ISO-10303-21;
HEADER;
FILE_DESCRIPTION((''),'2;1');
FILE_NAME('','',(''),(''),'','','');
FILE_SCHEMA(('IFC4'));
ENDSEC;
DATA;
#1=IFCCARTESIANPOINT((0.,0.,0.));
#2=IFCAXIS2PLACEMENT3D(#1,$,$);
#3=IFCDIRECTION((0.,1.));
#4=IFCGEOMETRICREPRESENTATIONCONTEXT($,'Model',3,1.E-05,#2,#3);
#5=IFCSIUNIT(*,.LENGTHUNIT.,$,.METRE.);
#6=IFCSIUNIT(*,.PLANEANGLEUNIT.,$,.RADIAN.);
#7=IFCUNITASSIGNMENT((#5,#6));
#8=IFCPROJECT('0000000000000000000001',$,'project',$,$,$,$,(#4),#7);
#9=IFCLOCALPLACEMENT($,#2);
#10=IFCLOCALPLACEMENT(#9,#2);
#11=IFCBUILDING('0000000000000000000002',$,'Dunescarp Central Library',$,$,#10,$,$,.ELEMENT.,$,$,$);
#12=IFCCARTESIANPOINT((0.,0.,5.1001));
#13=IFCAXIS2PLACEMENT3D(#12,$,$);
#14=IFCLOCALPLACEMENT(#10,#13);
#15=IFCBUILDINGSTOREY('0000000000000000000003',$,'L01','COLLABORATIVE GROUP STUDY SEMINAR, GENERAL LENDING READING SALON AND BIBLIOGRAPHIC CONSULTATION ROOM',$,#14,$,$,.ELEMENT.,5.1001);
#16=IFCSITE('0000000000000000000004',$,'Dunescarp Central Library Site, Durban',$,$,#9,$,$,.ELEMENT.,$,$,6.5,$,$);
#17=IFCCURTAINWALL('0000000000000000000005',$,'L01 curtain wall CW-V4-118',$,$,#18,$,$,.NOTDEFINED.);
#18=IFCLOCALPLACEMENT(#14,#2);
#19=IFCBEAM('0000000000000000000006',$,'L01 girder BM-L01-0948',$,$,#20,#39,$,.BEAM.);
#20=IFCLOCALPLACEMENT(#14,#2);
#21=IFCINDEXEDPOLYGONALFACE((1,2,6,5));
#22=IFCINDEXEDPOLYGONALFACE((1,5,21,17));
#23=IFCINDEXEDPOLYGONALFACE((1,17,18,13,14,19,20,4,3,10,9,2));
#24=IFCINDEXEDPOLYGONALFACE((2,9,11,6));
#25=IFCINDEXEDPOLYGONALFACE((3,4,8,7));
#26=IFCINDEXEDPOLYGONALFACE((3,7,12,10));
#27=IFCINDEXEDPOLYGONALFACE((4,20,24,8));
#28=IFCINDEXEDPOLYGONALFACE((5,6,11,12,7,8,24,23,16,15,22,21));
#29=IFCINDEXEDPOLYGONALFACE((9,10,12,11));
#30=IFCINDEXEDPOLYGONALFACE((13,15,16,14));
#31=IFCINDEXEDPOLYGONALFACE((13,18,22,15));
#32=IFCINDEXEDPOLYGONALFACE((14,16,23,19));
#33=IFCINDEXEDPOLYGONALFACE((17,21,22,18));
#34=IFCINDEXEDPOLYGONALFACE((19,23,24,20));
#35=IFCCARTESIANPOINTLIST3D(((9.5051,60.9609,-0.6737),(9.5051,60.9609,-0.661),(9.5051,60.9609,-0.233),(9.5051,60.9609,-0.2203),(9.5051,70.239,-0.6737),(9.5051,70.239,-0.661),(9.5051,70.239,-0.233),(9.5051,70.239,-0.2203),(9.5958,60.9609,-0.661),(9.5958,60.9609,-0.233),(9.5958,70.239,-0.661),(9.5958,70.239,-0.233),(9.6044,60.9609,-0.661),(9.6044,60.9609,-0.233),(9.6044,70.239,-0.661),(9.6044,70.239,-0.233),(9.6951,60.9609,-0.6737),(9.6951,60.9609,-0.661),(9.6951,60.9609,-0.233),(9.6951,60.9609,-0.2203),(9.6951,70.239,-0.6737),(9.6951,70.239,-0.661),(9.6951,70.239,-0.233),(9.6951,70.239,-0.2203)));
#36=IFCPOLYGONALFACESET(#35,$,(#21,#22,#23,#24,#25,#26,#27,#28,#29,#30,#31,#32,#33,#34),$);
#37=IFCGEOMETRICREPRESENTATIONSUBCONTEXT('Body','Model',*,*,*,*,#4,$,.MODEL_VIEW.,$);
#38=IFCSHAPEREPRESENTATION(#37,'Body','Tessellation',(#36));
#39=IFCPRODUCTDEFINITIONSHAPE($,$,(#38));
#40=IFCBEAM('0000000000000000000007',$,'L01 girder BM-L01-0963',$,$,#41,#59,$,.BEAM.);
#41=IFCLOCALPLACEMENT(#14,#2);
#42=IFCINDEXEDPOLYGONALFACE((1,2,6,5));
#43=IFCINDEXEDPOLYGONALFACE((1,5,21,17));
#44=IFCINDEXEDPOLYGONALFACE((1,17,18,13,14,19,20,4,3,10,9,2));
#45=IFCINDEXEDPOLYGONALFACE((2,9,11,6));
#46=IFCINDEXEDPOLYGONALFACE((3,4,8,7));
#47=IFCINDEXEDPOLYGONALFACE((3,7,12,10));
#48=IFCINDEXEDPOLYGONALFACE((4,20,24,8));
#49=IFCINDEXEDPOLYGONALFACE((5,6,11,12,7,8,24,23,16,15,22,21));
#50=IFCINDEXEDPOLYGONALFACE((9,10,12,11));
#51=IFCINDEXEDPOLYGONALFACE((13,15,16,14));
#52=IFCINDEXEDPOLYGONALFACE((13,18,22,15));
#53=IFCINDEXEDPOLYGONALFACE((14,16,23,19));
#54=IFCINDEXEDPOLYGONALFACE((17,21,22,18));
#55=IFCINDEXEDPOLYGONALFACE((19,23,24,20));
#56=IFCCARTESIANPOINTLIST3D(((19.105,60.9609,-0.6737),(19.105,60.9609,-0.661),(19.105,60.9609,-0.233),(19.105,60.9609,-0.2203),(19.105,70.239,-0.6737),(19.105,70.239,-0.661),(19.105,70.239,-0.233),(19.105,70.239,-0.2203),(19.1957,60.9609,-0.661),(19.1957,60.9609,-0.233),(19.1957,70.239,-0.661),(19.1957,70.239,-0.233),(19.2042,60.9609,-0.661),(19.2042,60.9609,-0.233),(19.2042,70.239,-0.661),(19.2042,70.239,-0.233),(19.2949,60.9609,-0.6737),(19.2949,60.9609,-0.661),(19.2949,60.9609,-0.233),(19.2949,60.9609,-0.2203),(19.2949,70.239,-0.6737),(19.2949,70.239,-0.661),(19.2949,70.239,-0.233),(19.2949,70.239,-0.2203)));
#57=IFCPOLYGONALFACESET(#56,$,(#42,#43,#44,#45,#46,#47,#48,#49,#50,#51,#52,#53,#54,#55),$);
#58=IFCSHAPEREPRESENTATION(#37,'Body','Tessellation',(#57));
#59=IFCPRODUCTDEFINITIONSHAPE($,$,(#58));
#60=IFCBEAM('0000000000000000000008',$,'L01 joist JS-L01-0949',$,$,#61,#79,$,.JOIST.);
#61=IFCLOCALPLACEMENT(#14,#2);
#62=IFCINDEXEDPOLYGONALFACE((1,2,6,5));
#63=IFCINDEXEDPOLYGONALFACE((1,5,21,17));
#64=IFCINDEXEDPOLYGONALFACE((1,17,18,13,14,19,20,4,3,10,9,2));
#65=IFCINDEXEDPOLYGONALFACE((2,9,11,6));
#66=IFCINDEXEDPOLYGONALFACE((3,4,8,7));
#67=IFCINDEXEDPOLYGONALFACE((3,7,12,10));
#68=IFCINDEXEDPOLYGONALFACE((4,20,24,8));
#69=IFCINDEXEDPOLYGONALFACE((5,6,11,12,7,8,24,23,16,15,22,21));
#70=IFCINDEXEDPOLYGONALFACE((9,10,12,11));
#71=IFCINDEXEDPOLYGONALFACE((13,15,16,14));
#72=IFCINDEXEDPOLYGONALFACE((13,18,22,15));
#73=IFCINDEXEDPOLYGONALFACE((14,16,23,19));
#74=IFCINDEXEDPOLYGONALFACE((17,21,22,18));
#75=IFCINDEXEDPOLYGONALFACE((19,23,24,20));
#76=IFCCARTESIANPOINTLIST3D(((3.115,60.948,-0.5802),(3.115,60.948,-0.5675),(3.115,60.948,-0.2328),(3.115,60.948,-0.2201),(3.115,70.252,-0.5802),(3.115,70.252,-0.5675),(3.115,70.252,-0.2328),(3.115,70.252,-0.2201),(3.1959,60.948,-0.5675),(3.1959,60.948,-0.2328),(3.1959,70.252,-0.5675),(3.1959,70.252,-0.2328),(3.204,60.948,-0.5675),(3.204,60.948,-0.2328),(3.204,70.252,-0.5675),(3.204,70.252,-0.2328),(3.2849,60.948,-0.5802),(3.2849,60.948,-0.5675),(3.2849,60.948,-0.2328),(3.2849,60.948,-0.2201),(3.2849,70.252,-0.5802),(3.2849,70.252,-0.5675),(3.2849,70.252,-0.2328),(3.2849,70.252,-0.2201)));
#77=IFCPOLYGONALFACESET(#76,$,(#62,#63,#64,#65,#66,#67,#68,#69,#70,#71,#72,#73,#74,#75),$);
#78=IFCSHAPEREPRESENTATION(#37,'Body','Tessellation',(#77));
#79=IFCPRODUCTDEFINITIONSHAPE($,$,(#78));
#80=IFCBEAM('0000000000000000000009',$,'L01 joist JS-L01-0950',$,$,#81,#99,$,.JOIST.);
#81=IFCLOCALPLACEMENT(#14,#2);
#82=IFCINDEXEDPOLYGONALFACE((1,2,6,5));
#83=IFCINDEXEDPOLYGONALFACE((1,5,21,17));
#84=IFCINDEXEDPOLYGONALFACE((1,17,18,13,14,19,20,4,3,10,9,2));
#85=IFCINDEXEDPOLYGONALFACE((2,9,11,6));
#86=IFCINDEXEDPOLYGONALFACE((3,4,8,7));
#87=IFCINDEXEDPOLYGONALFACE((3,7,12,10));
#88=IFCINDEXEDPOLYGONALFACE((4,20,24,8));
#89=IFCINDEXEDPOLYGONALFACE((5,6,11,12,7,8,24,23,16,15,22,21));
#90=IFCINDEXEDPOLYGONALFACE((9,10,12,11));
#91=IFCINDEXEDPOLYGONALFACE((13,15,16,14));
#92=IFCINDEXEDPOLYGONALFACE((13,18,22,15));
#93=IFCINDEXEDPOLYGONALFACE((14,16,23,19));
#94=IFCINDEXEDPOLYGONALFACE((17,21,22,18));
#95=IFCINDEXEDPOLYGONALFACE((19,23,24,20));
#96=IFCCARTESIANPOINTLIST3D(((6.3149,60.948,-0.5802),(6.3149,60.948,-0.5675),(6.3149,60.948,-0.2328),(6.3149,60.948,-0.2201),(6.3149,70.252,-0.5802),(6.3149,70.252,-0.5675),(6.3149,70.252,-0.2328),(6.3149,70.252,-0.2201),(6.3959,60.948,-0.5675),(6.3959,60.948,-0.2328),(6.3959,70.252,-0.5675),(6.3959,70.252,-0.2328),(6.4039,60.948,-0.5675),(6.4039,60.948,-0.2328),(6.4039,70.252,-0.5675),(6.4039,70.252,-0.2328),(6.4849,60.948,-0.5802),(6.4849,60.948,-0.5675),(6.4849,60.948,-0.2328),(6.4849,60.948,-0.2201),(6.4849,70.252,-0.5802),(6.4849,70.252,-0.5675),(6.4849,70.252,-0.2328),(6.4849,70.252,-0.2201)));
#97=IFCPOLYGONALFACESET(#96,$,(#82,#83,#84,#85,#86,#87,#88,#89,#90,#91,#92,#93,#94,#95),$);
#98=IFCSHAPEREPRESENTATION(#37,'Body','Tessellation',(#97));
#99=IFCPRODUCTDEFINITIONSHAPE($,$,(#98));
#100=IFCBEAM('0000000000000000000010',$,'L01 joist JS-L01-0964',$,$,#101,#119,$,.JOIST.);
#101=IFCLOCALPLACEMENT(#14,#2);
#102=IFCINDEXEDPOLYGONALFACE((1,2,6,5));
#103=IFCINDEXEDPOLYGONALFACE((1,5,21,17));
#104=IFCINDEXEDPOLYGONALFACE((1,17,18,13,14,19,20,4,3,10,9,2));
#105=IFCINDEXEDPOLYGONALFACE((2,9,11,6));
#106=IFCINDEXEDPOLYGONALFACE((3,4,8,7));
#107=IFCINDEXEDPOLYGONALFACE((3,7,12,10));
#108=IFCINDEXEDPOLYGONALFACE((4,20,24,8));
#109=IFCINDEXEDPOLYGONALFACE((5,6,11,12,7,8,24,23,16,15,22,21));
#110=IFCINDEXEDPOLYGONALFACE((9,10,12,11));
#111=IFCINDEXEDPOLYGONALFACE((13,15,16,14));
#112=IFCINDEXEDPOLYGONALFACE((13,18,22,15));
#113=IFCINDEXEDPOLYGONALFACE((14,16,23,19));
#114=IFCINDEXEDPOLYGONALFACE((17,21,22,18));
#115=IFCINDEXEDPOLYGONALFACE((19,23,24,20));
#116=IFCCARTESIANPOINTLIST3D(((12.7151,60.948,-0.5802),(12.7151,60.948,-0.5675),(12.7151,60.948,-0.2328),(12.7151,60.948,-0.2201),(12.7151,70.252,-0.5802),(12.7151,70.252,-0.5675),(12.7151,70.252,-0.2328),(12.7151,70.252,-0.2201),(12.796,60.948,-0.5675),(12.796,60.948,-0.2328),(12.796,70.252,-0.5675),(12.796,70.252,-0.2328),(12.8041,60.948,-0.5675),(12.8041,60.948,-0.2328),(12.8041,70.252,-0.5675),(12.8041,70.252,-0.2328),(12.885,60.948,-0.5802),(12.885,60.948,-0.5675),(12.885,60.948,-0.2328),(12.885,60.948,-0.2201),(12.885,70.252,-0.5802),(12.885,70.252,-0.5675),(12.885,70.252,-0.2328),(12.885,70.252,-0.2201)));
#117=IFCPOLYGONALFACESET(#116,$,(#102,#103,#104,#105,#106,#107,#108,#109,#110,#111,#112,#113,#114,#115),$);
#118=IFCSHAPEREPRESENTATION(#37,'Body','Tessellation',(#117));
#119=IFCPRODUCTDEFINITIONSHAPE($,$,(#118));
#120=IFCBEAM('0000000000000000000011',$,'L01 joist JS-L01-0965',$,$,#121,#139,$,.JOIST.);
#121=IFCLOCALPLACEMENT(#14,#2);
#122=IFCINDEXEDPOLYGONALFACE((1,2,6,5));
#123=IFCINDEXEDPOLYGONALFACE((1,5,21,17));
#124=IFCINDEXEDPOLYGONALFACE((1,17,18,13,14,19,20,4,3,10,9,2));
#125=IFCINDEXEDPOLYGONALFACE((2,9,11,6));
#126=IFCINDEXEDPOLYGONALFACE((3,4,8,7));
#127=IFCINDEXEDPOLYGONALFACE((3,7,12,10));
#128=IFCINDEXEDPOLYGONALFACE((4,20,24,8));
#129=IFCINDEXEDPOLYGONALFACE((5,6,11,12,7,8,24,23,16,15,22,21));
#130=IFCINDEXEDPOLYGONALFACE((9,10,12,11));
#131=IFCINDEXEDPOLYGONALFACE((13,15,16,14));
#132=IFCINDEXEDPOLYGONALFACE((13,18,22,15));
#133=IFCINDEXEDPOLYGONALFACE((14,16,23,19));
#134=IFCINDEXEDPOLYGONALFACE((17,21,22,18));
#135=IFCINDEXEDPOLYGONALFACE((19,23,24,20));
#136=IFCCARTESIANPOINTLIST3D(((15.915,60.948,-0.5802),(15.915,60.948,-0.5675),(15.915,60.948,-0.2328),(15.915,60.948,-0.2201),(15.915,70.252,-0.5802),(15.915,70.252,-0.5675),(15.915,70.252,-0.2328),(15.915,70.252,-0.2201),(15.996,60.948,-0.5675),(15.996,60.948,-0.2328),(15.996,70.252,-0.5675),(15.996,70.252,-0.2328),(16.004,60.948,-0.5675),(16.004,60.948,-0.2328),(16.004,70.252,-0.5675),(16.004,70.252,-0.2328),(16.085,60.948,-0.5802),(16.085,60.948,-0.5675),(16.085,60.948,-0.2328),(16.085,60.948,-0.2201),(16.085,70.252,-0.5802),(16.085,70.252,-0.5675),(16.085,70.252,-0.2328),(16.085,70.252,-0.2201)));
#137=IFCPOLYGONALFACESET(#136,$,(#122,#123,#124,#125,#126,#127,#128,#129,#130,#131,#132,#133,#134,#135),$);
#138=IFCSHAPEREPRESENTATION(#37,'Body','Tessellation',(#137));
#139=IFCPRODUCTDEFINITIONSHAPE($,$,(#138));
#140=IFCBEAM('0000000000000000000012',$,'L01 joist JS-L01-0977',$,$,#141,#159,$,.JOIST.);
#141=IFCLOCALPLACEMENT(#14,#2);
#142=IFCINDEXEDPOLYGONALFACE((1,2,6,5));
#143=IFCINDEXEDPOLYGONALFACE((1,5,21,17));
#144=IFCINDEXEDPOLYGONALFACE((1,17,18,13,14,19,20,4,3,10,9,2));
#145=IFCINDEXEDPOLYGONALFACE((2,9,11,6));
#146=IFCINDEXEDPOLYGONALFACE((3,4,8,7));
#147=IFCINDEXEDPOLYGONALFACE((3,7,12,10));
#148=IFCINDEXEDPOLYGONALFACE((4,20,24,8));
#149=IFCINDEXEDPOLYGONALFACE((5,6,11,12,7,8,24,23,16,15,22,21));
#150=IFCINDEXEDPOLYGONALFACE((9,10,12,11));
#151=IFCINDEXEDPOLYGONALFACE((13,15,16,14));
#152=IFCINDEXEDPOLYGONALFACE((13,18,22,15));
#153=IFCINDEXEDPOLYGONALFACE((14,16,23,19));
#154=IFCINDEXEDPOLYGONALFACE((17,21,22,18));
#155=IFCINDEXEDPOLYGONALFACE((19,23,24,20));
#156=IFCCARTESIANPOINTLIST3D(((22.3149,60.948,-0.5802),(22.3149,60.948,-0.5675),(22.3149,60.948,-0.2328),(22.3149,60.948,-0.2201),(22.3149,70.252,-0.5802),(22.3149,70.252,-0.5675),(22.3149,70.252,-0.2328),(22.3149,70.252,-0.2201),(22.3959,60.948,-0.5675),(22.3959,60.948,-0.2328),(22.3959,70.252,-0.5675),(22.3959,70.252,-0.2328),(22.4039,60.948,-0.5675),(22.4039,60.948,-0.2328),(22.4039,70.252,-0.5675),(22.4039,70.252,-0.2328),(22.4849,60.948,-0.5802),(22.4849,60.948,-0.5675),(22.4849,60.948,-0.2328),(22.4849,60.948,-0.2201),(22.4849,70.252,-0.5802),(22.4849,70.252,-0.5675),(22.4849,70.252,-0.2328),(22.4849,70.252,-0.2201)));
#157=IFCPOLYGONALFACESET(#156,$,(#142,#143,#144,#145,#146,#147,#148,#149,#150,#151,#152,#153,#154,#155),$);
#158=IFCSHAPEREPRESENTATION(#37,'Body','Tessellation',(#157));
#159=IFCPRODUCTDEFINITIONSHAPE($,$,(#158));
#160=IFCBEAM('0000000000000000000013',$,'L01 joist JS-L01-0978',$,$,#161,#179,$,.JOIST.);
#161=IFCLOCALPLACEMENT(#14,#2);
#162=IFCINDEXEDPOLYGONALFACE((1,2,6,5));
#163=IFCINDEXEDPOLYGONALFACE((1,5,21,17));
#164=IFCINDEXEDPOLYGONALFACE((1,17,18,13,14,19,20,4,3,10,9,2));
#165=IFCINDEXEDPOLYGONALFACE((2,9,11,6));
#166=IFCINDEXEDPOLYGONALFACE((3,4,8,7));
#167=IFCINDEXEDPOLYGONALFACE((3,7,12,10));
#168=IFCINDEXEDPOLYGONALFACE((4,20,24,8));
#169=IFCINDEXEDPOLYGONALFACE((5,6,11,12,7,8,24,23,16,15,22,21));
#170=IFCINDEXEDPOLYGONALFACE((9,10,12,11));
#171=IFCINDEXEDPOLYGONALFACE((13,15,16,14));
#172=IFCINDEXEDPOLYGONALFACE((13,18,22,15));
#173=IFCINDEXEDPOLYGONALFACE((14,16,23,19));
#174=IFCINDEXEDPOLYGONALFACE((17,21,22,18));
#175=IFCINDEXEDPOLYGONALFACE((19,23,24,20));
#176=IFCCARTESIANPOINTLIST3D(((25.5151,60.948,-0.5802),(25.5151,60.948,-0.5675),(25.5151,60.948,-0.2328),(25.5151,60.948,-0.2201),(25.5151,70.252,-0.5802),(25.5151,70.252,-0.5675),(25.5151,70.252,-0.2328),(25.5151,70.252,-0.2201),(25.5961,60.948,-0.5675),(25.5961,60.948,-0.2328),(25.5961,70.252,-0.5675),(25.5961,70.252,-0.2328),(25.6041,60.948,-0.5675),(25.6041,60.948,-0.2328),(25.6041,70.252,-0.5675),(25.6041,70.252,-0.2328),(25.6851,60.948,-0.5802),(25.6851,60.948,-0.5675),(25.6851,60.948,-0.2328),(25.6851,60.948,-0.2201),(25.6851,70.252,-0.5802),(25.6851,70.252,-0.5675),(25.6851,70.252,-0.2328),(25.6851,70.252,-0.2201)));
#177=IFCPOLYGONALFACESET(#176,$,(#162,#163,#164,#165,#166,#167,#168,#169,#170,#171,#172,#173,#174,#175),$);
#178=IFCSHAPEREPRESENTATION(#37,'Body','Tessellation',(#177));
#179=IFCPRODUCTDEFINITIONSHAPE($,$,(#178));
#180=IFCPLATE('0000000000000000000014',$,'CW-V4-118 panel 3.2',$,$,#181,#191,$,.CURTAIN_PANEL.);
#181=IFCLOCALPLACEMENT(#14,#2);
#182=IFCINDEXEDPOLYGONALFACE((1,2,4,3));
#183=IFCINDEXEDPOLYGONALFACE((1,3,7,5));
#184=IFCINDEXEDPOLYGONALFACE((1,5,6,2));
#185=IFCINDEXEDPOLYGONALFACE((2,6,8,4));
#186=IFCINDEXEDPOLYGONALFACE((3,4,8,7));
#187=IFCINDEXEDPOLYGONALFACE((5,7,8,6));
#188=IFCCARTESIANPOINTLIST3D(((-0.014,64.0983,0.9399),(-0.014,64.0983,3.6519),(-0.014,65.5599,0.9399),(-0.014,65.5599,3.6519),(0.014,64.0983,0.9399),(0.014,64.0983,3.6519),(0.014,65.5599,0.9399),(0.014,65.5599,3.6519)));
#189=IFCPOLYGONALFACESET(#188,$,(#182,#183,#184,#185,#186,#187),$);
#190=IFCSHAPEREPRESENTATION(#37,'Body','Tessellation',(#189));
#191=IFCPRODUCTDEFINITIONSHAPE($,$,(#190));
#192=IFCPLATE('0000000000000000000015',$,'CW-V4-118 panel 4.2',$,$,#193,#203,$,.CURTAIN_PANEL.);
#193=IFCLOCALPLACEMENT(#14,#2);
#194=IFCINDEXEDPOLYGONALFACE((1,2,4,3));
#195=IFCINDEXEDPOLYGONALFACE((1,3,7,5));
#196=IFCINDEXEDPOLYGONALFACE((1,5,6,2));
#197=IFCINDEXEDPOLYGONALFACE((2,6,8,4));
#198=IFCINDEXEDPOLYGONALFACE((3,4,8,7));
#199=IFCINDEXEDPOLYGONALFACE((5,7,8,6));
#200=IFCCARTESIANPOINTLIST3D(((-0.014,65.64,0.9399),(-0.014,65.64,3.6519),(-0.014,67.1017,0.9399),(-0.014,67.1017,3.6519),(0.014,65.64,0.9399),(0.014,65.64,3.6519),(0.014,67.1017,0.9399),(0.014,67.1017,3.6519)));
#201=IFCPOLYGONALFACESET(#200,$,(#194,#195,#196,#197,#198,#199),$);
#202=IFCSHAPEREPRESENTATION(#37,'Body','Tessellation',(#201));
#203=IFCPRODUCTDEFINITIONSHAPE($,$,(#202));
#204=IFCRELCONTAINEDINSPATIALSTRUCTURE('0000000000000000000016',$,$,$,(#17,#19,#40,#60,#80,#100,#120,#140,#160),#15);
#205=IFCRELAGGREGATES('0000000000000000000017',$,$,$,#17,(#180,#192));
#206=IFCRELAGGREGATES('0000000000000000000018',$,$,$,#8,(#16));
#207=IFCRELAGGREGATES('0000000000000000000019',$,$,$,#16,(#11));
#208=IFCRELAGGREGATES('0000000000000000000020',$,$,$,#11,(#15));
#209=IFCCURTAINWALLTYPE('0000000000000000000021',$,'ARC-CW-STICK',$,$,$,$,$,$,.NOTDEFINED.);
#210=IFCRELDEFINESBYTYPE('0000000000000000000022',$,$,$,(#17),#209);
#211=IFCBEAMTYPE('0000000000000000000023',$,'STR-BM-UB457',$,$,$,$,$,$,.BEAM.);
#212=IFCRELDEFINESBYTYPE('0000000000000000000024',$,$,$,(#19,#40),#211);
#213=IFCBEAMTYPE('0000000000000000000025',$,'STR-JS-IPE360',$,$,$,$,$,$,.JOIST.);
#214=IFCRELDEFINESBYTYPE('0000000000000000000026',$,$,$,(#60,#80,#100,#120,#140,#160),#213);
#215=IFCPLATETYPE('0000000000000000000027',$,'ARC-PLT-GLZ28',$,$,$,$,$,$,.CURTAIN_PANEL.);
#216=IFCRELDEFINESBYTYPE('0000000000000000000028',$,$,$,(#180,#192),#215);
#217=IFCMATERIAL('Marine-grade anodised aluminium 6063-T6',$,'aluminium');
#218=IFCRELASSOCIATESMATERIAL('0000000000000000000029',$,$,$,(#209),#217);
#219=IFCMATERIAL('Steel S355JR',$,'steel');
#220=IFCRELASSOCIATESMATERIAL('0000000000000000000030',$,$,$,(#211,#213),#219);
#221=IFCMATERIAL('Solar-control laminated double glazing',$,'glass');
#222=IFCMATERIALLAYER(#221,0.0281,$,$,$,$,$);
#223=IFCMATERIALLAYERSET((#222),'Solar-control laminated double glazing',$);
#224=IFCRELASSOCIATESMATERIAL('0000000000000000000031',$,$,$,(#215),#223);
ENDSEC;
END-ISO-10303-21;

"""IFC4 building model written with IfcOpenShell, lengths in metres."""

from ifc_helpers import new_model, si_unit, direction, frame, origin, origin_2d, place, context, subcontext, project, spatial, rectangle, i_section, extrude, material, layer, layer_set, material_profile, profile_set, type_object, element, aggregate, save


model = new_model("IFC4")

# Units and contexts
model_context = context("Model", 3, precision=1e-05, world=origin(), true_north=direction((0.0, 1.0)))
body_context = subcontext(model_context, "Body", "Model", "MODEL_VIEW")
ifc_project = project(units=[si_unit("LENGTHUNIT", "METRE"), si_unit("PLANEANGLEUNIT", "RADIAN")], contexts=[model_context])

# Site, building, storey
site_placement = place(None, origin())
site = spatial("IfcSite", under=ifc_project, at=site_placement, Name="Dunescarp Central Library Site, Durban", CompositionType="ELEMENT", RefElevation=6.5)
building_placement = place(site_placement, origin())
building = spatial("IfcBuilding", under=site, at=building_placement, Name="Dunescarp Central Library", CompositionType="ELEMENT")
storey_placement = place(building_placement, frame((0.0, 0.0, 5.1001)))
storey = spatial("IfcBuildingStorey", under=building, at=storey_placement, Name="L01", Description="COLLABORATIVE GROUP STUDY SEMINAR, GENERAL LENDING READING SALON AND BIBLIOGRAPHIC CONSULTATION ROOM", CompositionType="ELEMENT", Elevation=5.1001)

# Shared definitions
ifc_material_1 = material(Name="Steel S355JR", Category="steel")

# Curtain wall
ifc_material_2 = material(Name="Marine-grade anodised aluminium 6063-T6", Category="aluminium")
curtain_wall_type = type_object("IfcCurtainWallType", Name="ARC-CW-STICK", PredefinedType="NOTDEFINED", material=ifc_material_2)
curtain_wall_placement = place(storey_placement, origin())
curtain_wall = element("IfcCurtainWall", 1, at=curtain_wall_placement, inside=storey, type_object=curtain_wall_type, Name="L01 curtain wall CW-V4-118", PredefinedType="NOTDEFINED")

# Beams
ifc_material_profile_1 = material_profile(ifc_material_1, i_section(OverallWidth=0.1899, OverallDepth=0.4534, WebThickness=0.0085, FlangeThickness=0.0127, at=origin_2d()), Name="UB 457x191x67")
ifc_profile_set_1 = profile_set([ifc_material_profile_1], Name="Steel S355JR")
beam_type_1 = type_object("IfcBeamType", Name="STR-BM-UB457", PredefinedType="BEAM", material=ifc_profile_set_1)
for number, where, z_axis, x_axis, name in (
    (2, (9.6001, 60.9609, -0.447), (0.0, 1.0, 0.0), (-1.0, 0.0, 0.0), "L01 girder BM-L01-0948"),
    (3, (19.2, 60.9609, -0.447), (0.0, 1.0, 0.0), (-1.0, 0.0, 0.0), "L01 girder BM-L01-0963"),
):
    element("IfcBeam", number, at=place(storey_placement, frame(where, z_axis=z_axis, x_axis=x_axis)), inside=storey, type_object=beam_type_1, Name=name, PredefinedType="BEAM", context=body_context, shape_type="SweptSolid", body=[
        extrude(i_section(OverallWidth=0.1899, OverallDepth=0.4534, WebThickness=0.0085, FlangeThickness=0.0127, at=origin_2d()), origin(), (0.0, 0.0, 1.0), 9.2781),
    ])
ifc_material_profile_2 = material_profile(ifc_material_1, i_section(OverallWidth=0.1699, OverallDepth=0.3601, WebThickness=0.0081, FlangeThickness=0.0127, at=origin_2d()), Name="IPE 360")
ifc_profile_set_2 = profile_set([ifc_material_profile_2], Name="Steel S355JR")
beam_type_2 = type_object("IfcBeamType", Name="STR-JS-IPE360", PredefinedType="JOIST", material=ifc_profile_set_2)
for number, where, z_axis, x_axis, name in (
    (4, (3.2, 60.948, -0.4001), (0.0, 1.0, 0.0), (-1.0, 0.0, 0.0), "L01 joist JS-L01-0949"),
    (5, (6.3999, 60.948, -0.4001), (0.0, 1.0, 0.0), (-1.0, 0.0, 0.0), "L01 joist JS-L01-0950"),
    (6, (12.8, 60.948, -0.4001), (0.0, 1.0, 0.0), (-1.0, 0.0, 0.0), "L01 joist JS-L01-0964"),
    (7, (16.0, 60.948, -0.4001), (0.0, 1.0, 0.0), (-1.0, 0.0, 0.0), "L01 joist JS-L01-0965"),
    (8, (22.3999, 60.948, -0.4001), (0.0, 1.0, 0.0), (-1.0, 0.0, 0.0), "L01 joist JS-L01-0977"),
    (9, (25.6001, 60.948, -0.4001), (0.0, 1.0, 0.0), (-1.0, 0.0, 0.0), "L01 joist JS-L01-0978"),
):
    element("IfcBeam", number, at=place(storey_placement, frame(where, z_axis=z_axis, x_axis=x_axis)), inside=storey, type_object=beam_type_2, Name=name, PredefinedType="JOIST", context=body_context, shape_type="SweptSolid", body=[
        extrude(i_section(OverallWidth=0.1699, OverallDepth=0.3601, WebThickness=0.0081, FlangeThickness=0.0127, at=origin_2d()), origin(), (0.0, 0.0, 1.0), 9.304),
    ])

# Plates
ifc_material_3 = material(Name="Solar-control laminated double glazing", Category="glass")
ifc_layer_1 = layer(ifc_material_3, 0.0281)
ifc_layer_set_1 = layer_set([ifc_layer_1], Name="Solar-control laminated double glazing")
plate_type_1 = type_object("IfcPlateType", Name="ARC-PLT-GLZ28", PredefinedType="CURTAIN_PANEL", material=ifc_layer_set_1)
plate_1_placement = place(storey_placement, frame((0.0, 64.8291, 0.9399), z_axis=(0.0, 0.0, 1.0), x_axis=(0.0, 1.0, 0.0)))
plate_1 = element("IfcPlate", 10, at=plate_1_placement, type_object=plate_type_1, Name="CW-V4-118 panel 3.2", PredefinedType="CURTAIN_PANEL", context=body_context, shape_type="SweptSolid", body=[
    extrude(rectangle(XDim=1.4617, YDim=0.0281, at=origin_2d()), origin(), (0.0, 0.0, 1.0), 2.7119),
])
plate_2_placement = place(storey_placement, frame((0.0, 66.3708, 0.9399), z_axis=(0.0, 0.0, 1.0), x_axis=(0.0, 1.0, 0.0)))
plate_2 = element("IfcPlate", 11, at=plate_2_placement, type_object=plate_type_1, Name="CW-V4-118 panel 4.2", PredefinedType="CURTAIN_PANEL", context=body_context, shape_type="SweptSolid", body=[
    extrude(rectangle(XDim=1.4617, YDim=0.0281, at=origin_2d()), origin(), (0.0, 0.0, 1.0), 2.7119),
])
aggregate(curtain_wall, [plate_1, plate_2])

save(model, "model.ifc")
